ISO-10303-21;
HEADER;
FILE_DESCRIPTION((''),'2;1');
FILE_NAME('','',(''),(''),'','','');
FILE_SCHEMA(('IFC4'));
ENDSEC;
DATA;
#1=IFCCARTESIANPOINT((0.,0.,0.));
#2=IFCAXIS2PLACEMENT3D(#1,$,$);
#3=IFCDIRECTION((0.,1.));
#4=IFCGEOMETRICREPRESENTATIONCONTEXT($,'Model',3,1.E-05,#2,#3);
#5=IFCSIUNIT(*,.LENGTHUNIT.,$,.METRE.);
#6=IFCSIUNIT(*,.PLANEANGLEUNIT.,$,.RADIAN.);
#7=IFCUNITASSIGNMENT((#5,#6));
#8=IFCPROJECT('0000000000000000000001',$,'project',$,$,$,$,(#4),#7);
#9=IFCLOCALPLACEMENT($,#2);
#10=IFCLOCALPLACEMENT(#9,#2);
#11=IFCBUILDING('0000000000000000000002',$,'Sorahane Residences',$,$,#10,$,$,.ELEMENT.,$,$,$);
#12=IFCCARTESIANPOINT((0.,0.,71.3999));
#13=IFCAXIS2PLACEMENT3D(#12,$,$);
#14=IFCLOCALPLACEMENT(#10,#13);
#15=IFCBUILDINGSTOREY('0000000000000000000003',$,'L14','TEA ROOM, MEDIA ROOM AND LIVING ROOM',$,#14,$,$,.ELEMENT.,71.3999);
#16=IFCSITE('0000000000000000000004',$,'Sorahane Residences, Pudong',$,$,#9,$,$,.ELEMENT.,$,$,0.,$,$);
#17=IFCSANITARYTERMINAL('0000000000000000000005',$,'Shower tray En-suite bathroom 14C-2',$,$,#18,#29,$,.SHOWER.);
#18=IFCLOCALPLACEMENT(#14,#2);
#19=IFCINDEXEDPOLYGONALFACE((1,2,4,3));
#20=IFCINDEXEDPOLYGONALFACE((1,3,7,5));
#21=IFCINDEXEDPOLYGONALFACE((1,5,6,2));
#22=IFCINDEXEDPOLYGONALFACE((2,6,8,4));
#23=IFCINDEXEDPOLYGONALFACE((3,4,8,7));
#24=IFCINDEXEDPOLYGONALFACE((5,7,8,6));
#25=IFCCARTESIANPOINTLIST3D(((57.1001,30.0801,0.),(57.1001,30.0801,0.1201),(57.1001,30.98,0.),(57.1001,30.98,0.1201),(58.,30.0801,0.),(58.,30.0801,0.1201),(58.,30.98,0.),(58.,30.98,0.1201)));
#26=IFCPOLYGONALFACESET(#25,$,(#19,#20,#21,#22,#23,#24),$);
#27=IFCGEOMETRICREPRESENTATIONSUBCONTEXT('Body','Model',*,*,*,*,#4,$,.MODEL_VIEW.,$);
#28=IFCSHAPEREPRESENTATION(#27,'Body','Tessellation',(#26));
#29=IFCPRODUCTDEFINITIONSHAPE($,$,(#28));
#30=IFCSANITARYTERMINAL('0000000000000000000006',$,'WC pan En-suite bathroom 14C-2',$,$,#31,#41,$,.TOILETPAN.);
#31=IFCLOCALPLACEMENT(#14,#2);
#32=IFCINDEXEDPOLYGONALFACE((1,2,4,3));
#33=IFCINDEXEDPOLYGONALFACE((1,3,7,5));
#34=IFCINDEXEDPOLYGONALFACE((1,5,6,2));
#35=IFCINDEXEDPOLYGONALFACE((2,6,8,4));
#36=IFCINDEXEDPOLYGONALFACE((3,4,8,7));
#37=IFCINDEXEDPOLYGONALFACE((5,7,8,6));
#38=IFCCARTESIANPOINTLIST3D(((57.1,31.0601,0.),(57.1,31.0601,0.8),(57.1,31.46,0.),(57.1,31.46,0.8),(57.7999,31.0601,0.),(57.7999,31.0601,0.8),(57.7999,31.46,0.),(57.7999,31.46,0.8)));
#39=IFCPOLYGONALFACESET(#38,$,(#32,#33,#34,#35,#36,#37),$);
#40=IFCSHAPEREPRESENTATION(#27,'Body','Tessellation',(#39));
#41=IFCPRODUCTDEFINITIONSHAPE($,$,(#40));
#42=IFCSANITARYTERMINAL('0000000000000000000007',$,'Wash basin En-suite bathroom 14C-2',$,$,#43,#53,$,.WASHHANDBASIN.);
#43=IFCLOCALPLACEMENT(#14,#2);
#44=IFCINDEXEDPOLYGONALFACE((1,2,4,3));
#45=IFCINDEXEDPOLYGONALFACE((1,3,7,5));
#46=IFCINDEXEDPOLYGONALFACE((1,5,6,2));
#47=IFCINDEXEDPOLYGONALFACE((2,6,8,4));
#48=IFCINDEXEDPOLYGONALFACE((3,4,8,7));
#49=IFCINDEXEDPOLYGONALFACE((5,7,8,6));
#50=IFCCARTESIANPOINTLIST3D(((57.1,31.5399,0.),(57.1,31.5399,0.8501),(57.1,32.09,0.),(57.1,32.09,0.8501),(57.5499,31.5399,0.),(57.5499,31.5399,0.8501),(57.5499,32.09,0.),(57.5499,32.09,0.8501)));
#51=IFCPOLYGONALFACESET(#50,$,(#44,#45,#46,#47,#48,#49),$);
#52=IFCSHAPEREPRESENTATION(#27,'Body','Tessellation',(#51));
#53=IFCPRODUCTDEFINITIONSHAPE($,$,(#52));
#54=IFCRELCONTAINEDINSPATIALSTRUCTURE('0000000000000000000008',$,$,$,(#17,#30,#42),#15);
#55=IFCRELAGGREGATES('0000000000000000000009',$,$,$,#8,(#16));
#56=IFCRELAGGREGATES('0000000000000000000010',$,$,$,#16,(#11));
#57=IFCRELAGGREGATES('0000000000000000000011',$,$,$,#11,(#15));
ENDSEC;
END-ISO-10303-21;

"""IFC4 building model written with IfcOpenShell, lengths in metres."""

from ifc_helpers import new_model, si_unit, direction, frame, origin, origin_2d, place, context, subcontext, project, spatial, rectangle, extrude, element, save


model = new_model("IFC4")

# Units and contexts
model_context = context("Model", 3, precision=1e-05, world=origin(), true_north=direction((0.0, 1.0)))
body_context = subcontext(model_context, "Body", "Model", "MODEL_VIEW")
ifc_project = project(units=[si_unit("LENGTHUNIT", "METRE"), si_unit("PLANEANGLEUNIT", "RADIAN")], contexts=[model_context])

# Site, building, storey
site_placement = place(None, origin())
site = spatial("IfcSite", under=ifc_project, at=site_placement, Name="Sorahane Residences, Pudong", CompositionType="ELEMENT", RefElevation=0.0)
building_placement = place(site_placement, origin())
building = spatial("IfcBuilding", under=site, at=building_placement, Name="Sorahane Residences", CompositionType="ELEMENT")
storey_placement = place(building_placement, frame((0.0, 0.0, 71.3999)))
storey = spatial("IfcBuildingStorey", under=building, at=storey_placement, Name="L14", Description="TEA ROOM, MEDIA ROOM AND LIVING ROOM", CompositionType="ELEMENT", Elevation=71.3999)

# Sanitary terminals
sanitary_terminal_1_placement = place(storey_placement, frame((57.55, 30.53, 0.0), z_axis=(0.0, 0.0, 1.0), x_axis=(0.0, 1.0, 0.0)))
element("IfcSanitaryTerminal", 1, at=sanitary_terminal_1_placement, inside=storey, Name="Shower tray En-suite bathroom 14C-2", PredefinedType="SHOWER", context=body_context, shape_type="SweptSolid", body=[
    extrude(rectangle(XDim=0.8999, YDim=0.8999, at=origin_2d()), origin(), (0.0, 0.0, 1.0), 0.1201),
])
sanitary_terminal_2_placement = place(storey_placement, frame((57.45, 31.26, 0.0), z_axis=(0.0, 0.0, 1.0), x_axis=(0.0, 1.0, 0.0)))
element("IfcSanitaryTerminal", 2, at=sanitary_terminal_2_placement, inside=storey, Name="WC pan En-suite bathroom 14C-2", PredefinedType="TOILETPAN", context=body_context, shape_type="SweptSolid", body=[
    extrude(rectangle(XDim=0.3999, YDim=0.7, at=origin_2d()), origin(), (0.0, 0.0, 1.0), 0.8),
])
sanitary_terminal_3_placement = place(storey_placement, frame((57.325, 31.8149, 0.0), z_axis=(0.0, 0.0, 1.0), x_axis=(0.0, 1.0, 0.0)))
element("IfcSanitaryTerminal", 3, at=sanitary_terminal_3_placement, inside=storey, Name="Wash basin En-suite bathroom 14C-2", PredefinedType="WASHHANDBASIN", context=body_context, shape_type="SweptSolid", body=[
    extrude(rectangle(XDim=0.55, YDim=0.45, at=origin_2d()), origin(), (0.0, 0.0, 1.0), 0.8501),
])

save(model, "model.ifc")
